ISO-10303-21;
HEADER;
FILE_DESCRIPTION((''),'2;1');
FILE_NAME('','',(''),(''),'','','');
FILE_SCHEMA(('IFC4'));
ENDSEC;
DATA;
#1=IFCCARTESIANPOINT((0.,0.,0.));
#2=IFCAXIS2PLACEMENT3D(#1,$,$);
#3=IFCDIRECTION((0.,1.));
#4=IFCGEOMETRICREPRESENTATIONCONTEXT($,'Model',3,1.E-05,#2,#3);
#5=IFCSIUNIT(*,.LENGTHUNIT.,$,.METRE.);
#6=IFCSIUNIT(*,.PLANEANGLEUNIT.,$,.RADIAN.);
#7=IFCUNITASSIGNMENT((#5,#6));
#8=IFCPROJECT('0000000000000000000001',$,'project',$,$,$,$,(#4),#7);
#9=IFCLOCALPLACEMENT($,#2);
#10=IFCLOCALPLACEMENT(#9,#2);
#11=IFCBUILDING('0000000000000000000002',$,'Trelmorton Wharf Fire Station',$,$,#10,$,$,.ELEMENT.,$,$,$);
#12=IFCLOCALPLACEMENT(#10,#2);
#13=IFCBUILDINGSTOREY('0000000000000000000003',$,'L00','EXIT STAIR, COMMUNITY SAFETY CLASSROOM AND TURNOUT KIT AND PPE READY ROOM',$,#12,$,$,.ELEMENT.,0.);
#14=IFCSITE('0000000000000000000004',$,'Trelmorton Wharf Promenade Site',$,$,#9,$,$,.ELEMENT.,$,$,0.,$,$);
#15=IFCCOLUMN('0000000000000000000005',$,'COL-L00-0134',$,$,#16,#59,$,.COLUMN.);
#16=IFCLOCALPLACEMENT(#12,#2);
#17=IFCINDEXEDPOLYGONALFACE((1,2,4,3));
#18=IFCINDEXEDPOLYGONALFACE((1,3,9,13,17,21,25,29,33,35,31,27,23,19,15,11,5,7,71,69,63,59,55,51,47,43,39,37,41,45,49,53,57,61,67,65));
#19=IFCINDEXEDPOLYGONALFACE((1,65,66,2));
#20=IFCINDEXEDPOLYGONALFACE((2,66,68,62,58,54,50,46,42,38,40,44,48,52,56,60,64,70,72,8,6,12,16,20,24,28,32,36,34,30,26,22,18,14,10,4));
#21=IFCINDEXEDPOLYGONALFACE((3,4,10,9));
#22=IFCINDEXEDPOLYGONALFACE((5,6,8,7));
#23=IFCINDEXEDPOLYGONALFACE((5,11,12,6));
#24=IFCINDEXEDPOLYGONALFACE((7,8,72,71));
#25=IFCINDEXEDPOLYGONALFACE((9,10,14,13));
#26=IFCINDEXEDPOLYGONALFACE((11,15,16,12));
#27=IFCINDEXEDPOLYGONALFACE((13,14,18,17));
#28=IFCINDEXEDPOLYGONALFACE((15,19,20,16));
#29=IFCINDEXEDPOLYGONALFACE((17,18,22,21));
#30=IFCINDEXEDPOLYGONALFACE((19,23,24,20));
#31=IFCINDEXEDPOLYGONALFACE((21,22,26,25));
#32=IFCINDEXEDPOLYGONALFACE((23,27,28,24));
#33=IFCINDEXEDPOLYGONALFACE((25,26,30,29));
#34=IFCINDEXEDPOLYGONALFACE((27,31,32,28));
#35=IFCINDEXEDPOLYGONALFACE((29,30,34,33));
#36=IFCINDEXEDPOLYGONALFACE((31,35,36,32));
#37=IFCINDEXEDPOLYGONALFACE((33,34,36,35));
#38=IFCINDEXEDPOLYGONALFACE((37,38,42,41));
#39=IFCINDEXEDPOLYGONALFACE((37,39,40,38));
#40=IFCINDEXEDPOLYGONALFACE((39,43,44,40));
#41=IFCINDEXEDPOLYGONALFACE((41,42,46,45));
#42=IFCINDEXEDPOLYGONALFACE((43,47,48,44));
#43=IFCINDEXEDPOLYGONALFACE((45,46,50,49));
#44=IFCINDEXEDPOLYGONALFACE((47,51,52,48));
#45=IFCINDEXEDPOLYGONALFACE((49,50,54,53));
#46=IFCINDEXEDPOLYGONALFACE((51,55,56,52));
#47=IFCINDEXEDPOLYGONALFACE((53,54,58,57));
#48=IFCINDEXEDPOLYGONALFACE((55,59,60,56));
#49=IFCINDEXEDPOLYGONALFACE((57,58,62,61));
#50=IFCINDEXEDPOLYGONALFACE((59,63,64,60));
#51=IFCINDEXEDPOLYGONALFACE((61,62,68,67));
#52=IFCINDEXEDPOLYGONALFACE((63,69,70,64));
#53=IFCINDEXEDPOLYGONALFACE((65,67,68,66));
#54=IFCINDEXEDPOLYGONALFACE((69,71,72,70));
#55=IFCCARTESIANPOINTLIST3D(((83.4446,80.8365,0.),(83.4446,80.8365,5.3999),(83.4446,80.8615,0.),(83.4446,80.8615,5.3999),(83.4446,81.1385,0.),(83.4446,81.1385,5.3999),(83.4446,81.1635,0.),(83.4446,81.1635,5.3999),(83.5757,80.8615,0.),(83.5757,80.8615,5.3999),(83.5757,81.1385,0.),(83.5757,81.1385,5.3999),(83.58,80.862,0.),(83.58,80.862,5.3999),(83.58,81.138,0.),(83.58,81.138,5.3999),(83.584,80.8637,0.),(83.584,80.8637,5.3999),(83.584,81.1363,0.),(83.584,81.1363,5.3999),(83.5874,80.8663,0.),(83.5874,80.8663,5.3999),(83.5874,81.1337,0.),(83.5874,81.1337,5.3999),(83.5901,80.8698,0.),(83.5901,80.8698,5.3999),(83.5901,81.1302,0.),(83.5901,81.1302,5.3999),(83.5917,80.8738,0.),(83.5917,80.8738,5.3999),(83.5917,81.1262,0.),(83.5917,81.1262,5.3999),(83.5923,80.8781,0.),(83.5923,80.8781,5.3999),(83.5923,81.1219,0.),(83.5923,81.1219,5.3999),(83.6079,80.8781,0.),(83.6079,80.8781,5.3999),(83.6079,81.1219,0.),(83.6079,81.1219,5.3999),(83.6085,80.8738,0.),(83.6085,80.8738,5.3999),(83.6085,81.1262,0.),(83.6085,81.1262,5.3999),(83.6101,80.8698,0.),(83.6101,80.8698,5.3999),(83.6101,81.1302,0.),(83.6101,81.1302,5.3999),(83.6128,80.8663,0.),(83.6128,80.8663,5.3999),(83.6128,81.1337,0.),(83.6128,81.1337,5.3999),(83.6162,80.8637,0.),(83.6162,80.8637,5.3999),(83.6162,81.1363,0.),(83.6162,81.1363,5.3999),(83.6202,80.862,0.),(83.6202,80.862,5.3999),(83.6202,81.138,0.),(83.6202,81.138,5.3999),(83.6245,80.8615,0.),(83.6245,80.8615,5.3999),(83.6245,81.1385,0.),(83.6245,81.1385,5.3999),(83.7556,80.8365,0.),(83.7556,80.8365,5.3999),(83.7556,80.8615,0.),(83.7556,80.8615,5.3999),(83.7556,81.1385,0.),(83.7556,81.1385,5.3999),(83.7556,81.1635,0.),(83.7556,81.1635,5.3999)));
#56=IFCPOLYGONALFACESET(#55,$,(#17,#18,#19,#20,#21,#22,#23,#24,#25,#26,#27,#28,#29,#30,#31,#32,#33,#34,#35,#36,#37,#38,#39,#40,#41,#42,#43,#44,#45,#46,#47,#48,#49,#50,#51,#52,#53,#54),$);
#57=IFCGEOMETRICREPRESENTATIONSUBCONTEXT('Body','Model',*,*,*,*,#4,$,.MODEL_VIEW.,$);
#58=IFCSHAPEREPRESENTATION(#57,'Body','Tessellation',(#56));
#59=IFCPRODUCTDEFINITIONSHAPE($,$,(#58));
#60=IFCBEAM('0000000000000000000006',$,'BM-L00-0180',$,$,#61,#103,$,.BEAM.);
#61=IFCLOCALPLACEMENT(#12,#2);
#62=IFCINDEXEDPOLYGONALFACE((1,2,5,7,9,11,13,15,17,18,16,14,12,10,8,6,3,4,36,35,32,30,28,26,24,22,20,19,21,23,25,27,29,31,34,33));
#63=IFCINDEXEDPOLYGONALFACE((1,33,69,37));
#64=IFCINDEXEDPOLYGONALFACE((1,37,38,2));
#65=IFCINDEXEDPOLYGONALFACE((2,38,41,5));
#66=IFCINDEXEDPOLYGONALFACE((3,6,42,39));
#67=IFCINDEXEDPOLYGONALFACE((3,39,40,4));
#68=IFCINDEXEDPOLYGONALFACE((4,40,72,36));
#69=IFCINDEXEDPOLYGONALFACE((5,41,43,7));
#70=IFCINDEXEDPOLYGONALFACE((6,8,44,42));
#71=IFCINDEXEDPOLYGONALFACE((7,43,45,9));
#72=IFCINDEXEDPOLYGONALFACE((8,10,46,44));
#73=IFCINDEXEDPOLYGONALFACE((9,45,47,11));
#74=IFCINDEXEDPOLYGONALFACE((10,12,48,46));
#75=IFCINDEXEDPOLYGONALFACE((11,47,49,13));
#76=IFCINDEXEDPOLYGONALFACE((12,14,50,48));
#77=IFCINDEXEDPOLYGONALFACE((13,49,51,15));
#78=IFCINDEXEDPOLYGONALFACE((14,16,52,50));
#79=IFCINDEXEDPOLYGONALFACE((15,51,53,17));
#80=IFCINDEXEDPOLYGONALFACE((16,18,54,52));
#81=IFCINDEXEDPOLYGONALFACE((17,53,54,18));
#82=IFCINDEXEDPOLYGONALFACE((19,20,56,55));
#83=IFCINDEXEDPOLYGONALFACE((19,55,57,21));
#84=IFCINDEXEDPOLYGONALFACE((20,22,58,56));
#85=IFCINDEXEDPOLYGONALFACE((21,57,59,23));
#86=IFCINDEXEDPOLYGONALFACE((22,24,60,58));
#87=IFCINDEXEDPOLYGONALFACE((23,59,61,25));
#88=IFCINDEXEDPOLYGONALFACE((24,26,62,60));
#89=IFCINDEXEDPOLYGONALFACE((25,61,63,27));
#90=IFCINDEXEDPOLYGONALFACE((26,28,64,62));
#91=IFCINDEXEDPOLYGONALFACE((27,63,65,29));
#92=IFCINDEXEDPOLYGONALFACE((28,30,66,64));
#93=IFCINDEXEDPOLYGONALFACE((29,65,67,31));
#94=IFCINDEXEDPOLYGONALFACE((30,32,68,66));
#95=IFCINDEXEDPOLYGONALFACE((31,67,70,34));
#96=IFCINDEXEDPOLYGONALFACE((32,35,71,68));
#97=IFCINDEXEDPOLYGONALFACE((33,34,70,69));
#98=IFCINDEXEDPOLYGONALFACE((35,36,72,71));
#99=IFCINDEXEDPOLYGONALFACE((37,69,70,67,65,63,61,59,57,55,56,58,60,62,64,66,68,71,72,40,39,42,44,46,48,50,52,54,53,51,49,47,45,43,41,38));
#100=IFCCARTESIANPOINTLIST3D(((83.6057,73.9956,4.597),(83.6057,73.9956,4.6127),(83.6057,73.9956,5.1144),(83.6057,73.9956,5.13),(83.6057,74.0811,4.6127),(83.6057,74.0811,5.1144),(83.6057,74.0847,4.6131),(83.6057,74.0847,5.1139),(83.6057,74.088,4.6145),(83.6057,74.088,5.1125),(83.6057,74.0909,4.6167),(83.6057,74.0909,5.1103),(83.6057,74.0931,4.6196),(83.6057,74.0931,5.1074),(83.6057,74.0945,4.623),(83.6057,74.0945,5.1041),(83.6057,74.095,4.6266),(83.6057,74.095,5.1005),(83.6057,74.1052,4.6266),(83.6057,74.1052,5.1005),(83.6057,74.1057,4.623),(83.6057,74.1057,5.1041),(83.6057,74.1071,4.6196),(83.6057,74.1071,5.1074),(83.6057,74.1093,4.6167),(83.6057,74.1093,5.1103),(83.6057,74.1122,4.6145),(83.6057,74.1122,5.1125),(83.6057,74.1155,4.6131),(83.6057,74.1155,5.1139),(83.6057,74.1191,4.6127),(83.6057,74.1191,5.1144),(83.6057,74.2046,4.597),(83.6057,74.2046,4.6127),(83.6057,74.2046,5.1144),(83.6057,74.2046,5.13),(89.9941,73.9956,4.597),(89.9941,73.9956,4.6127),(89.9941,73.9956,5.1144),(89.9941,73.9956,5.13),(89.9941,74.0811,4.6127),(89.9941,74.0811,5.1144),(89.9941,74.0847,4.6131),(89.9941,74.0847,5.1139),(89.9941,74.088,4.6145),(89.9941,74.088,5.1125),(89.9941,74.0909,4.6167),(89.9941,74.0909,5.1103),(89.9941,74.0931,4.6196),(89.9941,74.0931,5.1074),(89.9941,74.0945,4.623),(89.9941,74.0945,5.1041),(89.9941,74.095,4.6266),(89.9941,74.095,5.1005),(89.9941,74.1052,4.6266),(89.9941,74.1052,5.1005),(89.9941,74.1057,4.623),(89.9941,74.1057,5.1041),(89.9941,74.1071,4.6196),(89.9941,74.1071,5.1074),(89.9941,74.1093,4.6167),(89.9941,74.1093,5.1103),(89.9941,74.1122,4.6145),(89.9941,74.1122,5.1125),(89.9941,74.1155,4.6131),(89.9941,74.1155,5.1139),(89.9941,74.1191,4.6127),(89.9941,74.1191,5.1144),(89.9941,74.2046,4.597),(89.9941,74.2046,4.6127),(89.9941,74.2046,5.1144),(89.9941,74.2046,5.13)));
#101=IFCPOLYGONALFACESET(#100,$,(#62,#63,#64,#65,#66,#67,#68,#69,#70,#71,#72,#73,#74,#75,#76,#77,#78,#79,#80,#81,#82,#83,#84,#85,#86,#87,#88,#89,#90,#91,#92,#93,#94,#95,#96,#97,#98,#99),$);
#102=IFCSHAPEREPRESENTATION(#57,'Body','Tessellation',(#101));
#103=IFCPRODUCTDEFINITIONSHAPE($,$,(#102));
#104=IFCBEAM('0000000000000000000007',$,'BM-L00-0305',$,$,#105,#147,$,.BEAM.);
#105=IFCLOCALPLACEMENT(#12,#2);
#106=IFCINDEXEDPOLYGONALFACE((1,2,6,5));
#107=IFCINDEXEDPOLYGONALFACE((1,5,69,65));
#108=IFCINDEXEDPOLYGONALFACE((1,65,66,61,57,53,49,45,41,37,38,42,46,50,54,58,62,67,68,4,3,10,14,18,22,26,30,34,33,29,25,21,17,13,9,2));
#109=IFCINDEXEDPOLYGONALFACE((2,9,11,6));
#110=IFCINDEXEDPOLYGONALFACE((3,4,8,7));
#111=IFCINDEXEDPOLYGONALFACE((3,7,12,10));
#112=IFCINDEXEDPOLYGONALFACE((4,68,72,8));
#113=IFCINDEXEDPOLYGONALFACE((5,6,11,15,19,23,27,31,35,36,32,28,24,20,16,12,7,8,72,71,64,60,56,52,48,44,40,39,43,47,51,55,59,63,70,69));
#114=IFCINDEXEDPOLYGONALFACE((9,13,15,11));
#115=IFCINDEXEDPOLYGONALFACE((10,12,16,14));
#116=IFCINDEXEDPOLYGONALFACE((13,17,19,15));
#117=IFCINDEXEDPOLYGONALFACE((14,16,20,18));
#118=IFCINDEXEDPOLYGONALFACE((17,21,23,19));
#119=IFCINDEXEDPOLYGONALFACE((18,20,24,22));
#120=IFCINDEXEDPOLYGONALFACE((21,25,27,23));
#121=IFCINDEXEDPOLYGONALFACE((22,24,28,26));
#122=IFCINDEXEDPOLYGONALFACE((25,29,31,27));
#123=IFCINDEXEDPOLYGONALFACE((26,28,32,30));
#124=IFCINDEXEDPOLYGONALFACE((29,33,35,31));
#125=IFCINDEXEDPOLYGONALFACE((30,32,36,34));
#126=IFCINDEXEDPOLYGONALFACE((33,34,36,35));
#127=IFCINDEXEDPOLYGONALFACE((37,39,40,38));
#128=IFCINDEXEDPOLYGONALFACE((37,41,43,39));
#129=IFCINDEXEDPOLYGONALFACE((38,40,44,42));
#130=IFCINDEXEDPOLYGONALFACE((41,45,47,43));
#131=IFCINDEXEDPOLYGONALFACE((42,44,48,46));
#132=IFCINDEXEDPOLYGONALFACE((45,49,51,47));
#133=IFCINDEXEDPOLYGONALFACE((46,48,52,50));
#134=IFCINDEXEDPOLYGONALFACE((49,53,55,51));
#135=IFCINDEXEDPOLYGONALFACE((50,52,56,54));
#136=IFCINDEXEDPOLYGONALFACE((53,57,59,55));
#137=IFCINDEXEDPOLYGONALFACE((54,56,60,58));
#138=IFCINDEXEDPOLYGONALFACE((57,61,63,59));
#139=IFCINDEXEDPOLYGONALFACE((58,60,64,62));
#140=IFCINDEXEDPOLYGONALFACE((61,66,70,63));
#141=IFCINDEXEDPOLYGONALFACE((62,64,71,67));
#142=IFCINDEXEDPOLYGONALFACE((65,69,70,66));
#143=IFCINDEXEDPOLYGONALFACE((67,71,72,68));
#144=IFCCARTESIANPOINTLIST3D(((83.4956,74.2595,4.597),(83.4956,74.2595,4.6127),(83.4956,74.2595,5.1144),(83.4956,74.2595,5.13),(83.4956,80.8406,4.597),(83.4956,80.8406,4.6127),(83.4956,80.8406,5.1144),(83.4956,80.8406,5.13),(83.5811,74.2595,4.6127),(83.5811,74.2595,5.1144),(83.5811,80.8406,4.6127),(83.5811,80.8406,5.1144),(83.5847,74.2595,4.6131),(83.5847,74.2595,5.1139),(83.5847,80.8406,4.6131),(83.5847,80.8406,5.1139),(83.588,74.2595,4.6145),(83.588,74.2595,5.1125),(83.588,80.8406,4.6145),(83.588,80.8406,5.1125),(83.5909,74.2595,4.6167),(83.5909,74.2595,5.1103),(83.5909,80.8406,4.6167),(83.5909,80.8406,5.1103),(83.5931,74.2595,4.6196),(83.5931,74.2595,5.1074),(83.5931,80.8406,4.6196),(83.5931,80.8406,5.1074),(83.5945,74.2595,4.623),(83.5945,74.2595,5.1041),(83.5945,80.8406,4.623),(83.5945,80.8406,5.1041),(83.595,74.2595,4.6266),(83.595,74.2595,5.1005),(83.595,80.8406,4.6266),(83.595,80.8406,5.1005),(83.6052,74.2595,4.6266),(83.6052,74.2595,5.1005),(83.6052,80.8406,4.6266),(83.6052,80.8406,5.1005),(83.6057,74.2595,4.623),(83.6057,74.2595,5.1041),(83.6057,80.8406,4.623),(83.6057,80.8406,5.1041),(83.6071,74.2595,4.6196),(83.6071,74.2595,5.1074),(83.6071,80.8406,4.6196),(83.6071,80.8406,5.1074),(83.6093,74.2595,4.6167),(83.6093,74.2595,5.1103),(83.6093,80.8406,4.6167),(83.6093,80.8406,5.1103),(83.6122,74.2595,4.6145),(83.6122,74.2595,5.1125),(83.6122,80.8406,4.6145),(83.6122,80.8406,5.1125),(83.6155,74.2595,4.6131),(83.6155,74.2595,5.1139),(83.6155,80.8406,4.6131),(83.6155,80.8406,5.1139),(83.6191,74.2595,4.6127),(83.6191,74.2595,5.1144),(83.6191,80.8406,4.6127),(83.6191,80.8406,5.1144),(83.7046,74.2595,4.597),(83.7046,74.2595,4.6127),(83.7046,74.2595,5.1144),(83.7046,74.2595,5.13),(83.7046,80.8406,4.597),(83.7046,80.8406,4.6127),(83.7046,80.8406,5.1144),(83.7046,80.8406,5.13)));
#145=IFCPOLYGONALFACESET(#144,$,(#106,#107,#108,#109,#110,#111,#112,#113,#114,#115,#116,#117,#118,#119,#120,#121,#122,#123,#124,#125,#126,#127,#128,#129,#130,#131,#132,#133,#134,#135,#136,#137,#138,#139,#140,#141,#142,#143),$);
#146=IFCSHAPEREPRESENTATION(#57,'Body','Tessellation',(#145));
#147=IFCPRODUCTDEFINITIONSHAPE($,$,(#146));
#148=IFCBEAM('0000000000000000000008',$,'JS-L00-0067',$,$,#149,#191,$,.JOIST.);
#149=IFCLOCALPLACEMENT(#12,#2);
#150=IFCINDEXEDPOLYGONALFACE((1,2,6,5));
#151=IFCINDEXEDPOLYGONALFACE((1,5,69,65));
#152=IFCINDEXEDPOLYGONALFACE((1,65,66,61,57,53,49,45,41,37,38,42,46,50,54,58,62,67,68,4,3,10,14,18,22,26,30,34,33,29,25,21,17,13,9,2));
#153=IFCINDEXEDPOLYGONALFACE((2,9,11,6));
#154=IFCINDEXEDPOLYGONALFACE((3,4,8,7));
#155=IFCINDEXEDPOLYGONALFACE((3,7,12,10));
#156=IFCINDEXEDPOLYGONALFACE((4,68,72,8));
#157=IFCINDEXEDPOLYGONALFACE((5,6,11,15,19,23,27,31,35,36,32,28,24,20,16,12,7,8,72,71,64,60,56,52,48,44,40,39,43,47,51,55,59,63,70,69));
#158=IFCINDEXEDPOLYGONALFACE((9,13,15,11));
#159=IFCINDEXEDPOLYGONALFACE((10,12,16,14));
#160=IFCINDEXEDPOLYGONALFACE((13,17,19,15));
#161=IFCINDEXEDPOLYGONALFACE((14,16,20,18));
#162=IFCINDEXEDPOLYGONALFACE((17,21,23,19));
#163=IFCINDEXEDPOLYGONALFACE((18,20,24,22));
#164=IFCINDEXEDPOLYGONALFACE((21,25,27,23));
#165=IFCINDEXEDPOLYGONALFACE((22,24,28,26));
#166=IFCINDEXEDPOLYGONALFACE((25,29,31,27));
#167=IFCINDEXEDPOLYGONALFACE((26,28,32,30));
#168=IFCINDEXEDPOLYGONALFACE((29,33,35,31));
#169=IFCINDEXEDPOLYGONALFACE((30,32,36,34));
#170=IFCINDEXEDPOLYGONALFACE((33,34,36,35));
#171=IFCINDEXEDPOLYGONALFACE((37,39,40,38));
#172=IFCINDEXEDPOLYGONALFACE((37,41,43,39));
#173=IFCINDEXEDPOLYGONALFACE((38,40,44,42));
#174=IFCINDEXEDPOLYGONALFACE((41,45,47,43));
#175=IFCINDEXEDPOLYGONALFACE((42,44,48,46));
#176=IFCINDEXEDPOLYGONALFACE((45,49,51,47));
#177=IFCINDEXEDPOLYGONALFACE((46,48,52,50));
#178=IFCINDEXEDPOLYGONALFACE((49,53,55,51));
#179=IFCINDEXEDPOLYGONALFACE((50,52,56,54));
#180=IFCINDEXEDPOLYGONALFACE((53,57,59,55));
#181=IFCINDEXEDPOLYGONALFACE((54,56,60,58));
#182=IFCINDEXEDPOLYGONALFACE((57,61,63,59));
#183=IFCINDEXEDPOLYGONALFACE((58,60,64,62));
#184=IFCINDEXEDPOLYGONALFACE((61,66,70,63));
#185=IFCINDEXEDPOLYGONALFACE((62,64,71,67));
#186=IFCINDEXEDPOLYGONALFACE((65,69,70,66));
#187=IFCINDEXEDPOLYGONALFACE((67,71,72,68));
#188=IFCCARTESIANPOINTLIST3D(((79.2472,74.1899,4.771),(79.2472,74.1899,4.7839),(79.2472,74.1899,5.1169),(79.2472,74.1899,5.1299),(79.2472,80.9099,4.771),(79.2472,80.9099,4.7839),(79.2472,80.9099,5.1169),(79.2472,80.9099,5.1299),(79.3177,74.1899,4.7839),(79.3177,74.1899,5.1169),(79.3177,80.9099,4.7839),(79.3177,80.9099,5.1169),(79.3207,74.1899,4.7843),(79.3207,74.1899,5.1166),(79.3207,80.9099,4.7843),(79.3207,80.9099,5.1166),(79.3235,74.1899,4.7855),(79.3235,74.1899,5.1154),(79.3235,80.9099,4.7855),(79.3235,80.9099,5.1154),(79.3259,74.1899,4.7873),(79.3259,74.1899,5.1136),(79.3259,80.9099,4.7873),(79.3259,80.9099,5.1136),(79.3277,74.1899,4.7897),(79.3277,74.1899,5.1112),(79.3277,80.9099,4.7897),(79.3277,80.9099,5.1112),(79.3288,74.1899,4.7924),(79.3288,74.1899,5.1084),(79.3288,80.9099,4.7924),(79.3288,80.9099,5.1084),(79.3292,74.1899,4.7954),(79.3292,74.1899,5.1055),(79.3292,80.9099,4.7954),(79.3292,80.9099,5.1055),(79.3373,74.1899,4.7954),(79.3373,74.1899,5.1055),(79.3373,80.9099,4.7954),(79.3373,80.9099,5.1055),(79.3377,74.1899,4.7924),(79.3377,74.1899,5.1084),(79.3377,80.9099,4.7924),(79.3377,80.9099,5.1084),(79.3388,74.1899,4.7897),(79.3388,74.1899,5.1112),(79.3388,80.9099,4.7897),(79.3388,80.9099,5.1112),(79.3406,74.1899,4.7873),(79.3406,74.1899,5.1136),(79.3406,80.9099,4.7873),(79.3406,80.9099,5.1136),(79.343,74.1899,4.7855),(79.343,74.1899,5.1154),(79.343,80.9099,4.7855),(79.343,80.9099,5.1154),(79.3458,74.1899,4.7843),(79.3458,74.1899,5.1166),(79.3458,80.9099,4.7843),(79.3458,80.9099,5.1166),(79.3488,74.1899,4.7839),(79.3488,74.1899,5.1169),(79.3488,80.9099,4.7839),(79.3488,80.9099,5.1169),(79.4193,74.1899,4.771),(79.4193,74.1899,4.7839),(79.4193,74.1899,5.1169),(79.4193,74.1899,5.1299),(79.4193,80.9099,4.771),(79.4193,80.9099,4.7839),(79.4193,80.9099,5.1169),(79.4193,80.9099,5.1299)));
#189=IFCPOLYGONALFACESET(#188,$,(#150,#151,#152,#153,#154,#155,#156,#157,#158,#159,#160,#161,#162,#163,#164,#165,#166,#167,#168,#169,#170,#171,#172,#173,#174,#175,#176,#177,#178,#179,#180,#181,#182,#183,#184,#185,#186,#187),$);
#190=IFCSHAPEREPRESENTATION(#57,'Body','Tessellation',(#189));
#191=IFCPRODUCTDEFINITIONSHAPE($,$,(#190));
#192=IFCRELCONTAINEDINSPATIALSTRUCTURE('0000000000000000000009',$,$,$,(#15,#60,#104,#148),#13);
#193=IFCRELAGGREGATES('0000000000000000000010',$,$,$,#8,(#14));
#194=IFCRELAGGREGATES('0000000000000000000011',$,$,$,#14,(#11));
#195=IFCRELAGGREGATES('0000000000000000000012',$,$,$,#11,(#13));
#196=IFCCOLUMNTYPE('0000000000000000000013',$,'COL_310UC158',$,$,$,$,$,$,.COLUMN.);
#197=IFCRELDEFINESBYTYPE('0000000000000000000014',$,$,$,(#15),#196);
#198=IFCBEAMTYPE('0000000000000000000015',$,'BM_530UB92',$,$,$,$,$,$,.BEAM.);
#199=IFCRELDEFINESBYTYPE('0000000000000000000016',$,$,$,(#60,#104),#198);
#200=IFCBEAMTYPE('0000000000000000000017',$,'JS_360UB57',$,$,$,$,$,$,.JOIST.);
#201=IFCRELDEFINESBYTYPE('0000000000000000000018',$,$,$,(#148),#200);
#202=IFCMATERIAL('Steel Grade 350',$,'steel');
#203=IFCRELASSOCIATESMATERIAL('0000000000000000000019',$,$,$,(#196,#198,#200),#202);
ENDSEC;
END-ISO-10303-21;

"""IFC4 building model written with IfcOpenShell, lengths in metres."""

from ifc_helpers import new_model, si_unit, direction, frame, origin, origin_2d, place, context, subcontext, project, spatial, i_section, extrude, material, material_profile, profile_set, type_object, element, save


model = new_model("IFC4")

# Units and contexts
model_context = context("Model", 3, precision=1e-05, world=origin(), true_north=direction((0.0, 1.0)))
body_context = subcontext(model_context, "Body", "Model", "MODEL_VIEW")
ifc_project = project(units=[si_unit("LENGTHUNIT", "METRE"), si_unit("PLANEANGLEUNIT", "RADIAN")], contexts=[model_context])

# Site, building, storey
site_placement = place(None, origin())
site = spatial("IfcSite", under=ifc_project, at=site_placement, Name="Trelmorton Wharf Promenade Site", CompositionType="ELEMENT", RefElevation=0.0)
building_placement = place(site_placement, origin())
building = spatial("IfcBuilding", under=site, at=building_placement, Name="Trelmorton Wharf Fire Station", CompositionType="ELEMENT")
storey_placement = place(building_placement, origin())
storey = spatial("IfcBuildingStorey", under=building, at=storey_placement, Name="L00", Description="EXIT STAIR, COMMUNITY SAFETY CLASSROOM AND TURNOUT KIT AND PPE READY ROOM", CompositionType="ELEMENT", Elevation=0.0)

# Column
ifc_material_1 = material(Name="Steel Grade 350", Category="steel")
ifc_material_profile_1 = material_profile(ifc_material_1, i_section(OverallWidth=0.311, OverallDepth=0.3269, WebThickness=0.0156, FlangeThickness=0.0249, FilletRadius=0.0166, at=origin_2d()), Name="310UC158")
ifc_profile_set_1 = profile_set([ifc_material_profile_1], Name="Steel Grade 350")
column_type = type_object("IfcColumnType", Name="COL_310UC158", PredefinedType="COLUMN", material=ifc_profile_set_1)
for number, where, z_axis, x_axis, name in (
    (1, (83.6001, 81.0, 0.0), (0.0, 0.0, 1.0), (1.0, 0.0, 0.0), "COL-L00-0134"),
):
    element("IfcColumn", number, at=place(storey_placement, frame(where, z_axis=z_axis, x_axis=x_axis)), inside=storey, type_object=column_type, Name=name, PredefinedType="COLUMN", context=body_context, shape_type="SweptSolid", body=[
        extrude(i_section(OverallWidth=0.311, OverallDepth=0.3269, WebThickness=0.0156, FlangeThickness=0.0249, FilletRadius=0.0166, at=origin_2d()), origin(), (0.0, 0.0, 1.0), 5.3999),
    ])

# Beams
ifc_material_profile_2 = material_profile(ifc_material_1, i_section(OverallWidth=0.209, OverallDepth=0.533, WebThickness=0.0103, FlangeThickness=0.0156, FilletRadius=0.0139, at=origin_2d()), Name="530UB92.4")
ifc_profile_set_2 = profile_set([ifc_material_profile_2], Name="Steel Grade 350")
beam_type_1 = type_object("IfcBeamType", Name="BM_530UB92", PredefinedType="BEAM", material=ifc_profile_set_2)
beam_1_placement = place(storey_placement, frame((83.6057, 74.1001, 4.8635), z_axis=(1.0, 0.0, 0.0), x_axis=(0.0, 1.0, 0.0)))
element("IfcBeam", 2, at=beam_1_placement, inside=storey, type_object=beam_type_1, Name="BM-L00-0180", PredefinedType="BEAM", context=body_context, shape_type="SweptSolid", body=[
    extrude(i_section(OverallWidth=0.209, OverallDepth=0.533, WebThickness=0.0103, FlangeThickness=0.0156, FilletRadius=0.0139, at=origin_2d()), origin(), (0.0, 0.0, 1.0), 6.3884),
])
beam_2_placement = place(storey_placement, frame((83.6001, 74.2595, 4.8635), z_axis=(0.0, 1.0, 0.0), x_axis=(-1.0, 0.0, 0.0)))
element("IfcBeam", 3, at=beam_2_placement, inside=storey, type_object=beam_type_1, Name="BM-L00-0305", PredefinedType="BEAM", context=body_context, shape_type="SweptSolid", body=[
    extrude(i_section(OverallWidth=0.209, OverallDepth=0.533, WebThickness=0.0103, FlangeThickness=0.0156, FilletRadius=0.0139, at=origin_2d()), origin(), (0.0, 0.0, 1.0), 6.5811),
])
ifc_material_profile_3 = material_profile(ifc_material_1, i_section(OverallWidth=0.1721, OverallDepth=0.3589, WebThickness=0.0081, FlangeThickness=0.0129, FilletRadius=0.0115, at=origin_2d()), Name="360UB56.7")
ifc_profile_set_3 = profile_set([ifc_material_profile_3], Name="Steel Grade 350")
beam_type_2 = type_object("IfcBeamType", Name="JS_360UB57", PredefinedType="JOIST", material=ifc_profile_set_3)
for number, where, z_axis, x_axis, name in (
    (4, (79.3333, 74.1899, 4.9504), (0.0, 1.0, 0.0), (-1.0, 0.0, 0.0), "JS-L00-0067"),
):
    element("IfcBeam", number, at=place(storey_placement, frame(where, z_axis=z_axis, x_axis=x_axis)), inside=storey, type_object=beam_type_2, Name=name, PredefinedType="JOIST", context=body_context, shape_type="SweptSolid", body=[
        extrude(i_section(OverallWidth=0.1721, OverallDepth=0.3589, WebThickness=0.0081, FlangeThickness=0.0129, FilletRadius=0.0115, at=origin_2d()), origin(), (0.0, 0.0, 1.0), 6.72),
    ])

save(model, "model.ifc")
